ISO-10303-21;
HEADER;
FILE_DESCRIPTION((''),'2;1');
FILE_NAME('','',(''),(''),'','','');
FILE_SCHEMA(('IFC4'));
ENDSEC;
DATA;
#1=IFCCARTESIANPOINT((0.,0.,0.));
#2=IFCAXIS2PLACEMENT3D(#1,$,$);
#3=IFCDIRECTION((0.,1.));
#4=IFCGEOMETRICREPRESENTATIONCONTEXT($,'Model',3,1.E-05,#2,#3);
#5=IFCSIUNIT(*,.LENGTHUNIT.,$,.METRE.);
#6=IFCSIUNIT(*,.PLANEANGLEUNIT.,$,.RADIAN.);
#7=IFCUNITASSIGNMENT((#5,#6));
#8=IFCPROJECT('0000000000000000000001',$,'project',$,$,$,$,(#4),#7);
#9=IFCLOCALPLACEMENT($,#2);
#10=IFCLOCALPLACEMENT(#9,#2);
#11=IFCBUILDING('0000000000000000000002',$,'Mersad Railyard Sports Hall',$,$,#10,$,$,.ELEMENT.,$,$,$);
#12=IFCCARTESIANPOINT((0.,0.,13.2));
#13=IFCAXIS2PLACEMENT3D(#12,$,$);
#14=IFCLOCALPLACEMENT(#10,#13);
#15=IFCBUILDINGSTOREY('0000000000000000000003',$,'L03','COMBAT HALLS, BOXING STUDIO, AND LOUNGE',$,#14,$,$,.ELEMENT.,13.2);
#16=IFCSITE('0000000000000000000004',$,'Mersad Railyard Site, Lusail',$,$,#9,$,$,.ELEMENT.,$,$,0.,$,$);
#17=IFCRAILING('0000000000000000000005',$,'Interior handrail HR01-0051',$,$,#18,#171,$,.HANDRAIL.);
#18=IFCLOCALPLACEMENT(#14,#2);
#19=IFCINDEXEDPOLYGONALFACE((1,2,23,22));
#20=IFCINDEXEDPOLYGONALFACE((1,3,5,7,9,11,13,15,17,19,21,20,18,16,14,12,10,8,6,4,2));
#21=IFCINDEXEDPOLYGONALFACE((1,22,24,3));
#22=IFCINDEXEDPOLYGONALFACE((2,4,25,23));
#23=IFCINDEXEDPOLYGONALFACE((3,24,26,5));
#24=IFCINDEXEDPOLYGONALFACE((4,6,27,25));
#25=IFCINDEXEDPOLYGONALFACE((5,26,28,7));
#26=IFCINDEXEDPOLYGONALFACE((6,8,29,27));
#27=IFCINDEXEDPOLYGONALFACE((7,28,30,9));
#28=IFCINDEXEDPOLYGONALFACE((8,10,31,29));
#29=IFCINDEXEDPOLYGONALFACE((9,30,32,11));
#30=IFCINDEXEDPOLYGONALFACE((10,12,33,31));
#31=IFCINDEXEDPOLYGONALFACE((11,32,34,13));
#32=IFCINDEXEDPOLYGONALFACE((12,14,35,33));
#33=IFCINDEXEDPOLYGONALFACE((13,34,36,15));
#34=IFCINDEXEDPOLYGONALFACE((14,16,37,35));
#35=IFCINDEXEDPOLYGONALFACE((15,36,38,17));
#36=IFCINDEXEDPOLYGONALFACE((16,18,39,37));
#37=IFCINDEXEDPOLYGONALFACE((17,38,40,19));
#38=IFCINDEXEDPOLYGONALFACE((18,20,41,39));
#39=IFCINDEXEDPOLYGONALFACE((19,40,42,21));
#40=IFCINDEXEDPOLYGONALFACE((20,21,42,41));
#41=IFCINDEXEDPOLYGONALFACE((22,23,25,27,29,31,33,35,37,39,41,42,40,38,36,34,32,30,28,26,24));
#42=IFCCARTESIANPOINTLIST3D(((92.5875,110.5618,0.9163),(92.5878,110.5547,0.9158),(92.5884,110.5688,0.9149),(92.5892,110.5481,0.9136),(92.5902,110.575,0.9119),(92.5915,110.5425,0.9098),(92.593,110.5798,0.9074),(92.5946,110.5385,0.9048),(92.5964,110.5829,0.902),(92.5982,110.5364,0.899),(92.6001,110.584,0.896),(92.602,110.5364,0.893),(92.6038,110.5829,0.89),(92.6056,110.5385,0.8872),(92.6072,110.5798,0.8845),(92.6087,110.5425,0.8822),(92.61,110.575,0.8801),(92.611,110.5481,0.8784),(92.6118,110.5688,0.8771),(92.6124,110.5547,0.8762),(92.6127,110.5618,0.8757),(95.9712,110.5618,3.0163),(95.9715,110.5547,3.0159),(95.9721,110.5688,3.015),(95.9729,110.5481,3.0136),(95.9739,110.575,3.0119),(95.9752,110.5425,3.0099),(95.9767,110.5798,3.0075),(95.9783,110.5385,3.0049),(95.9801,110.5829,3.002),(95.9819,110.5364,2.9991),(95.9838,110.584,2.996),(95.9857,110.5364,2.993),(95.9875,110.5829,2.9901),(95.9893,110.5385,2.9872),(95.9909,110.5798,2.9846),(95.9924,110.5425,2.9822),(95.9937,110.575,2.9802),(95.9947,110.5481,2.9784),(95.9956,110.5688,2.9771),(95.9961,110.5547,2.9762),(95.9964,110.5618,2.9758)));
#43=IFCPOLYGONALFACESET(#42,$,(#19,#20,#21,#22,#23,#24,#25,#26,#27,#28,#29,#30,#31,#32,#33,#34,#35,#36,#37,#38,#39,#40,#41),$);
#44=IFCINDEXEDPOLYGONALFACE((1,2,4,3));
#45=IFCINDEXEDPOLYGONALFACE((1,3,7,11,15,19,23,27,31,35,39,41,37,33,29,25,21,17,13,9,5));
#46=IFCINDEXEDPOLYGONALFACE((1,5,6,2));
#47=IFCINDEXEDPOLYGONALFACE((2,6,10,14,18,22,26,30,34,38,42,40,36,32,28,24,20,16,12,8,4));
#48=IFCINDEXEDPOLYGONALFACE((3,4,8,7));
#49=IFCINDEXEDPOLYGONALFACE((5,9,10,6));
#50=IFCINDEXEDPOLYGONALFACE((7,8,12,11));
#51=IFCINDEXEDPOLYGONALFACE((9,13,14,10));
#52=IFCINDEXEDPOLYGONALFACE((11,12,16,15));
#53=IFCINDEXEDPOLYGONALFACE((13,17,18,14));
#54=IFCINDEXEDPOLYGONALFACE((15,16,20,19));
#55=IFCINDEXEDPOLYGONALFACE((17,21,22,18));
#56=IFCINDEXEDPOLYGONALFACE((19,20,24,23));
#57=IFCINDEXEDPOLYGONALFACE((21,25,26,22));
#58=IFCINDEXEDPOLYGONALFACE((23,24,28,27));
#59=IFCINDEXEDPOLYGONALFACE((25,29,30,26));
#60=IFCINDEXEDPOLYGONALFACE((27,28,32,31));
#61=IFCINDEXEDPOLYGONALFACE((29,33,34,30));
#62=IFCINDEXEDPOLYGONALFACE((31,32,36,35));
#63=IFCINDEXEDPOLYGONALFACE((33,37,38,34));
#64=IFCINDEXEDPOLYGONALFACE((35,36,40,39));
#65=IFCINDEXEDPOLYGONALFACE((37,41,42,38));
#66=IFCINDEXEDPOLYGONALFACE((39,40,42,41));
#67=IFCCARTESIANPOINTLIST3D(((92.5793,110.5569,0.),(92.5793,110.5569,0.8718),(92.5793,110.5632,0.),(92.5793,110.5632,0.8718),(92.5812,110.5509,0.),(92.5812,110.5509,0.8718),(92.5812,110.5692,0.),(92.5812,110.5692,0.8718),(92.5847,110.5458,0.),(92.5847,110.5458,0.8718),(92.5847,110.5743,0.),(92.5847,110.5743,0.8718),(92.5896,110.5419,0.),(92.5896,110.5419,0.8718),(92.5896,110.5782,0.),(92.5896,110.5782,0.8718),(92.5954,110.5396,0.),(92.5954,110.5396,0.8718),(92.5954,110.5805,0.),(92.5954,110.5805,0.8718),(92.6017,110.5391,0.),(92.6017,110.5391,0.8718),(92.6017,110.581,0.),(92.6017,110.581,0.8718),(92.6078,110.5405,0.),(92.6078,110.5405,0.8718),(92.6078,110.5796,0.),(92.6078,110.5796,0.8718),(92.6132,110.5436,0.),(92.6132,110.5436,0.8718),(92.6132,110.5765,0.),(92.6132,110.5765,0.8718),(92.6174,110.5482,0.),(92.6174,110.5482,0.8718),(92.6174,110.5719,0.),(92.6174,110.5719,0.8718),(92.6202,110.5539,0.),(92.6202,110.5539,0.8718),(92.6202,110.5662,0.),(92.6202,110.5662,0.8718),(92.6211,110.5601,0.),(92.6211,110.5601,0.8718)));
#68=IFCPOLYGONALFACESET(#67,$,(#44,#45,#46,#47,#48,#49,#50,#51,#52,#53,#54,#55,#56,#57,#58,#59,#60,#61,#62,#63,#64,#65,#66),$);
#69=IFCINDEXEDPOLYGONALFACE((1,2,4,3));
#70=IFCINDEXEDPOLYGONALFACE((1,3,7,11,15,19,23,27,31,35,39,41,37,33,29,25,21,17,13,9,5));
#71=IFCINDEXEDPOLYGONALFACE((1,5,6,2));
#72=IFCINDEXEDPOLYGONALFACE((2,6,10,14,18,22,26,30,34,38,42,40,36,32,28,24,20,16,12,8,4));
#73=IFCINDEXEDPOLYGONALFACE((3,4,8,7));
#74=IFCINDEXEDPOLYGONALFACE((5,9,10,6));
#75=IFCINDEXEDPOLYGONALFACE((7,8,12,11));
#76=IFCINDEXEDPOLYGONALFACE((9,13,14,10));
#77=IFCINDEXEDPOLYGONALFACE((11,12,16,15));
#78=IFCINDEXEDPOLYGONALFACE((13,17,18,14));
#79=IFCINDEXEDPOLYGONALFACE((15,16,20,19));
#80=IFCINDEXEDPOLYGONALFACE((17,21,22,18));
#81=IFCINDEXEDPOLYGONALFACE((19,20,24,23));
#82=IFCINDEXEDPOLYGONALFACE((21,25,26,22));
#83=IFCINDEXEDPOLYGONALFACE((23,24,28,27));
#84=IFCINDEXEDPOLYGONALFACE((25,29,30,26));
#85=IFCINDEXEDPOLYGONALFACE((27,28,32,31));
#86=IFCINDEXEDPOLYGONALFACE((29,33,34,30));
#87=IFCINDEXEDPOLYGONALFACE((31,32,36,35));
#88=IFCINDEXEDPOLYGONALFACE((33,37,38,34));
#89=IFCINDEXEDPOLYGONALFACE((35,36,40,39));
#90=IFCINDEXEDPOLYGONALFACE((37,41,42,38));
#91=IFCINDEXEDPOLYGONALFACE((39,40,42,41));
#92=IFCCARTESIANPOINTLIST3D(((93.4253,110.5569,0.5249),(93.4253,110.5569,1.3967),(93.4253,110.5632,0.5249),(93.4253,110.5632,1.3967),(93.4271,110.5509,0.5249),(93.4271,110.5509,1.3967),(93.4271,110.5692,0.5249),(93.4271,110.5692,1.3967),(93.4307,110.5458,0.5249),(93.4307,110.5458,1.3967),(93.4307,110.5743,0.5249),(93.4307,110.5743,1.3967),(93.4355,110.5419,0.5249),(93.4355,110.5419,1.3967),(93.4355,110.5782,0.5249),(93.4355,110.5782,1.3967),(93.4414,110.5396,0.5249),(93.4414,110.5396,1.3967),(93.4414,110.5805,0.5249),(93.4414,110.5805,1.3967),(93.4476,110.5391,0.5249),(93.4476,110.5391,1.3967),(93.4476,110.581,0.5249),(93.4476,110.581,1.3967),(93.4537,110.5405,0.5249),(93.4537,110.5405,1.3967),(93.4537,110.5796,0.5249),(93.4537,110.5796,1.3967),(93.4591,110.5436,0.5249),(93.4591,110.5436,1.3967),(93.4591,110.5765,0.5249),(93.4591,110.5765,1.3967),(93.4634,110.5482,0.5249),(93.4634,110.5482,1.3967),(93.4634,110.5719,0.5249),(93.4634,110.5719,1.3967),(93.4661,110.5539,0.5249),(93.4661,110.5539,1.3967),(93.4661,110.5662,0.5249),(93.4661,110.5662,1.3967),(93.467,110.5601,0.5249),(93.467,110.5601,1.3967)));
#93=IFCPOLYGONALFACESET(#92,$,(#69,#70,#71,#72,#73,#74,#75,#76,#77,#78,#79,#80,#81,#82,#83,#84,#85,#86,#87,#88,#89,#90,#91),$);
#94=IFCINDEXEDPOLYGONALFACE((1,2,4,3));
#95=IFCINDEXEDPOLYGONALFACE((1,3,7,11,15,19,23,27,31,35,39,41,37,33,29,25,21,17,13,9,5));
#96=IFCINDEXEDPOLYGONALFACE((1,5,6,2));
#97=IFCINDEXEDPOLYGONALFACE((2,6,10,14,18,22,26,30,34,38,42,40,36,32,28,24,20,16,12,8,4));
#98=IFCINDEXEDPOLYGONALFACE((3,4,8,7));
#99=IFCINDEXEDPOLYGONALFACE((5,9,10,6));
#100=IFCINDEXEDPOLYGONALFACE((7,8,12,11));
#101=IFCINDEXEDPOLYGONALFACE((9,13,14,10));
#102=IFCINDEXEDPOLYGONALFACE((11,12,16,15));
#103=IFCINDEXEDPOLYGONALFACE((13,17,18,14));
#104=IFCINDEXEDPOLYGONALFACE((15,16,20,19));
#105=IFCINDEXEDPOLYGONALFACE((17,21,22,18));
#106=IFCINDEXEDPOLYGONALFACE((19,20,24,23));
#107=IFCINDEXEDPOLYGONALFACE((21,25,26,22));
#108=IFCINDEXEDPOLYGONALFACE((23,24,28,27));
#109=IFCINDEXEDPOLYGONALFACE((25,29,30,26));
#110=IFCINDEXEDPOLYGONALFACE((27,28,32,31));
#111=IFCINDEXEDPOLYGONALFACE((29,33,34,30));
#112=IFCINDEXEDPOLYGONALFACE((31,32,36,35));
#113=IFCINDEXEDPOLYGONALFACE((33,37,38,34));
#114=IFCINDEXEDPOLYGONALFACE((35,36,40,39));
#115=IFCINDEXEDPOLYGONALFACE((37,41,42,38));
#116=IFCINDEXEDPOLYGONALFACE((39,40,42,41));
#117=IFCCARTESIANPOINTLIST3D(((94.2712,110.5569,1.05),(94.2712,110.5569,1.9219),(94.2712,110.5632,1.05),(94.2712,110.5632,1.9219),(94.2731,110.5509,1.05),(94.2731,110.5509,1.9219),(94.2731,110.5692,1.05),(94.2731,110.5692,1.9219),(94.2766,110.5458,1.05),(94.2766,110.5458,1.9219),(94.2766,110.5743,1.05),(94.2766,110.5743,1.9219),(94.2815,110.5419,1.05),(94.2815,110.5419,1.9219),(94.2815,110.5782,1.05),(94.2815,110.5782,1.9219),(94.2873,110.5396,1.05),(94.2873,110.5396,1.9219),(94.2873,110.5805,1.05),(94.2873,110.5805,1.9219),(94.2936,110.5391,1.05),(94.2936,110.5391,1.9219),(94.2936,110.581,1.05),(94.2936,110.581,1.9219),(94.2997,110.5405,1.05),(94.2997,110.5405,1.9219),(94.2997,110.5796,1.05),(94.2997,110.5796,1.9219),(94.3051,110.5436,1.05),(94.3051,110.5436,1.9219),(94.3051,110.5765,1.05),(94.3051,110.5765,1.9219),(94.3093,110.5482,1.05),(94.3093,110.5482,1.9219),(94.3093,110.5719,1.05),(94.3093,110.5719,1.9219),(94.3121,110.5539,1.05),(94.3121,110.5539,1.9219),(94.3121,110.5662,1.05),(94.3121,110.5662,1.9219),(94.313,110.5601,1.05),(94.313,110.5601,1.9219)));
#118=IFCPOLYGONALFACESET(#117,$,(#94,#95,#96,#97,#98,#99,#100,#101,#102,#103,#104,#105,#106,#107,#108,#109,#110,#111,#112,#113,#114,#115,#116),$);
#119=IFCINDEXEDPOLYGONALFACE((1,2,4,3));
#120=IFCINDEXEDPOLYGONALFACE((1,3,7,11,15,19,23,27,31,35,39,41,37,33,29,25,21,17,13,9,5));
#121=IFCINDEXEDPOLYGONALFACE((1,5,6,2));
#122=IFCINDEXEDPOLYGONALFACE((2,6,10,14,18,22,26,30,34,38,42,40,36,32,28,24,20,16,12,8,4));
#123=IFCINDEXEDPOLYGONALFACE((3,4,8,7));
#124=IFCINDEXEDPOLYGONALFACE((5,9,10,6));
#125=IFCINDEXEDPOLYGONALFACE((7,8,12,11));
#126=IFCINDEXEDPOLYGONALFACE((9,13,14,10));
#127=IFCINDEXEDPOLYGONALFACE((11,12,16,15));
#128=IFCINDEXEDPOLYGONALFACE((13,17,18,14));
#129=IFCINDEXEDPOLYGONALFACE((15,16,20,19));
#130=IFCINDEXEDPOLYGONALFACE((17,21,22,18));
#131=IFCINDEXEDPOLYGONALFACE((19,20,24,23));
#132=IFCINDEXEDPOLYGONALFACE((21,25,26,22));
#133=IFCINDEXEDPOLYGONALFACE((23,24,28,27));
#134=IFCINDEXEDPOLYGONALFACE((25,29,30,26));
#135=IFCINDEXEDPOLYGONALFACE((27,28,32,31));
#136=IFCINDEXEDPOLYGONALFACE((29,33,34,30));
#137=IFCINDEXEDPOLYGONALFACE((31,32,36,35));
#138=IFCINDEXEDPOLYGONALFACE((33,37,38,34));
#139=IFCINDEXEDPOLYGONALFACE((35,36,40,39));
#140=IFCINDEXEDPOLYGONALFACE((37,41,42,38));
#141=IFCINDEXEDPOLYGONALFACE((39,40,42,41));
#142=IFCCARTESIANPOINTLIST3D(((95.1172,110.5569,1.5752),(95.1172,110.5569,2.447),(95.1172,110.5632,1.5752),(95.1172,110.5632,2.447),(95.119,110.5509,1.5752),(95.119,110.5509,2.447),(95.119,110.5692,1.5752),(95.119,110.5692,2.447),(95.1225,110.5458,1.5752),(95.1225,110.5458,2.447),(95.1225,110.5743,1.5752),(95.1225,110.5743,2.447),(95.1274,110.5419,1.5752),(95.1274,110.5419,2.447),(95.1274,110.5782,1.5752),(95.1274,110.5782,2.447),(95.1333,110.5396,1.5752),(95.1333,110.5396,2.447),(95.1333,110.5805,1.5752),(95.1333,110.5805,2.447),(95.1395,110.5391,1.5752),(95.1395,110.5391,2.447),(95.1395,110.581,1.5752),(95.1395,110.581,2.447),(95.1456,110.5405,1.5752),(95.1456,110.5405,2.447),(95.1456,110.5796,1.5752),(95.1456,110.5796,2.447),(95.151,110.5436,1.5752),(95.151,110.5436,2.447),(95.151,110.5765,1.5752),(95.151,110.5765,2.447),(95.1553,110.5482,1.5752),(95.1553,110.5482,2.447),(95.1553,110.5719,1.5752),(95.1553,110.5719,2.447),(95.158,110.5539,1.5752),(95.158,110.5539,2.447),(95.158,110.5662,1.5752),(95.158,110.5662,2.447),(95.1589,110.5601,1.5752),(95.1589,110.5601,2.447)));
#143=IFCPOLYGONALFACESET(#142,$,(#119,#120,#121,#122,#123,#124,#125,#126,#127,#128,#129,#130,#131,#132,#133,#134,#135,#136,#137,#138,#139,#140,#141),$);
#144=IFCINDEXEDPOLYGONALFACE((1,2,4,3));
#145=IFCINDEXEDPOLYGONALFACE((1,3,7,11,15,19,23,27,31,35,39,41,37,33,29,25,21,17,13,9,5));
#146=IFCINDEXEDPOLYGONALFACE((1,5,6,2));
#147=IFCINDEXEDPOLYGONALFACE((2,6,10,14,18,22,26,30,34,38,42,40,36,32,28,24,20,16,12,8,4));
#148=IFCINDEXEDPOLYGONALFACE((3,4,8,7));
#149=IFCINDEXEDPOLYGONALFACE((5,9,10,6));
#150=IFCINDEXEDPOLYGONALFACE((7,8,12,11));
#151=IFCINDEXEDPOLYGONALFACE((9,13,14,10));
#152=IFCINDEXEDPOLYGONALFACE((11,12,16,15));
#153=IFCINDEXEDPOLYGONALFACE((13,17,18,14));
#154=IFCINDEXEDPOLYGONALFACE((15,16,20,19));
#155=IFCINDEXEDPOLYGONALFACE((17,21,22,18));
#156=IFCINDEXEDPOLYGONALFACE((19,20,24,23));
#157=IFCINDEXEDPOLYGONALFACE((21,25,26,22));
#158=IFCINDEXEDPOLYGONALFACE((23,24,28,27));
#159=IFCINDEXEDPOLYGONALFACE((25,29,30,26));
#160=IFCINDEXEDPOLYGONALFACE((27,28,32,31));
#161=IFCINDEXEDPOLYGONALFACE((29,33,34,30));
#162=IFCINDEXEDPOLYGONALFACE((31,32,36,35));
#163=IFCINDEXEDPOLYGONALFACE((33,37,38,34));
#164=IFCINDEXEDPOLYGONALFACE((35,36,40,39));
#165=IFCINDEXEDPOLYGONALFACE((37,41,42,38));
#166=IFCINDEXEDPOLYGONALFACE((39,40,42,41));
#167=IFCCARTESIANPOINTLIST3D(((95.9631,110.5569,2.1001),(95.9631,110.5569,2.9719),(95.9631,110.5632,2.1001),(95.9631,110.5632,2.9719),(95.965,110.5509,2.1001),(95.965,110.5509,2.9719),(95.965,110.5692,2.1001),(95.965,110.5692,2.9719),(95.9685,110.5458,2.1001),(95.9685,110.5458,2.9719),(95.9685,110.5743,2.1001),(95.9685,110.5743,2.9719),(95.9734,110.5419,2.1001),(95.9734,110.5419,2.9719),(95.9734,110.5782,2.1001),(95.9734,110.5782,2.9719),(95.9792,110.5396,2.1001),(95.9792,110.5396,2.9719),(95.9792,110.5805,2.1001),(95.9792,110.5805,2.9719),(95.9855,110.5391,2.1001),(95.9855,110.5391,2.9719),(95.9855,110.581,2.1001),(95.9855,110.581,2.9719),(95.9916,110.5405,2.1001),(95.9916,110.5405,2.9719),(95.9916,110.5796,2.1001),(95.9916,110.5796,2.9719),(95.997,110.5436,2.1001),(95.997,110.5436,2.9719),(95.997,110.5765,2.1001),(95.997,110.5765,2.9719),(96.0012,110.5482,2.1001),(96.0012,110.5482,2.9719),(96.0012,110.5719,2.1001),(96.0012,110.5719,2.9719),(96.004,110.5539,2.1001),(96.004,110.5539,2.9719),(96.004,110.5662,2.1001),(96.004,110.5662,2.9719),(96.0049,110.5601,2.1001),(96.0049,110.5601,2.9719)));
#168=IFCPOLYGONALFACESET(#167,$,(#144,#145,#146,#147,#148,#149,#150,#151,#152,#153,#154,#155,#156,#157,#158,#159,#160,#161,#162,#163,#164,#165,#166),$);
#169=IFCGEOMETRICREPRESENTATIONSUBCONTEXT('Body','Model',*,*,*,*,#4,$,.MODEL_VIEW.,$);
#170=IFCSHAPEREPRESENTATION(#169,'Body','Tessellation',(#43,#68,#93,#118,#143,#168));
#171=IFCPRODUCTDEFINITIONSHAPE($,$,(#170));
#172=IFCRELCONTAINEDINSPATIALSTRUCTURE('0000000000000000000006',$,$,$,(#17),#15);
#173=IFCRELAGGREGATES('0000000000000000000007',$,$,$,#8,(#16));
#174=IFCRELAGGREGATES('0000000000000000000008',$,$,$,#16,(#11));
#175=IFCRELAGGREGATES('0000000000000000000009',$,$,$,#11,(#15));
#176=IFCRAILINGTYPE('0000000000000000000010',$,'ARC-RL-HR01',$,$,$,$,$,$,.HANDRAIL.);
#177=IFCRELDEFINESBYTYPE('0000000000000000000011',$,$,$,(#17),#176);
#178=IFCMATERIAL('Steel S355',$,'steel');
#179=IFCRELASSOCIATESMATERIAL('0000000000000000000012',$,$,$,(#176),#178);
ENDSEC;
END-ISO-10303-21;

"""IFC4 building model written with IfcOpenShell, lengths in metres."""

from ifc_helpers import new_model, si_unit, direction, frame, origin, origin_2d, place, context, subcontext, project, spatial, circle, extrude, material, type_object, element, save


model = new_model("IFC4")

# Units and contexts
model_context = context("Model", 3, precision=1e-05, world=origin(), true_north=direction((0.0, 1.0)))
body_context = subcontext(model_context, "Body", "Model", "MODEL_VIEW")
ifc_project = project(units=[si_unit("LENGTHUNIT", "METRE"), si_unit("PLANEANGLEUNIT", "RADIAN")], contexts=[model_context])

# Site, building, storey
site_placement = place(None, origin())
site = spatial("IfcSite", under=ifc_project, at=site_placement, Name="Mersad Railyard Site, Lusail", CompositionType="ELEMENT", RefElevation=0.0)
building_placement = place(site_placement, origin())
building = spatial("IfcBuilding", under=site, at=building_placement, Name="Mersad Railyard Sports Hall", CompositionType="ELEMENT")
storey_placement = place(building_placement, frame((0.0, 0.0, 13.2)))
storey = spatial("IfcBuildingStorey", under=building, at=storey_placement, Name="L03", Description="COMBAT HALLS, BOXING STUDIO, AND LOUNGE", CompositionType="ELEMENT", Elevation=13.2)

# Shared definitions
ifc_material_1 = material(Name="Steel S355", Category="steel")

# Railing
railing_type_1 = type_object("IfcRailingType", Name="ARC-RL-HR01", PredefinedType="HANDRAIL", material=ifc_material_1)
railing_1_placement = place(storey_placement, frame((92.6001, 110.5601, 0.0)))
element("IfcRailing", 1, at=railing_1_placement, inside=storey, type_object=railing_type_1, Name="Interior handrail HR01-0051", PredefinedType="HANDRAIL", context=body_context, shape_type="SweptSolid", body=[
    extrude(circle(Radius=0.0239, at=origin_2d()), frame((0.0, 0.0, 0.896), z_axis=(0.849661, 0.0, 0.527329), x_axis=(0.0, 1.0, 0.0)), (0.0, 0.0, 1.0), 3.9824),
    extrude(circle(Radius=0.021, at=origin_2d()), origin(), (0.0, 0.0, 1.0), 0.8718),
    extrude(circle(Radius=0.021, at=origin_2d()), frame((0.8459, 0.0, 0.5249)), (0.0, 0.0, 1.0), 0.8718),
    extrude(circle(Radius=0.021, at=origin_2d()), frame((1.6919, 0.0, 1.05)), (0.0, 0.0, 1.0), 0.8718),
    extrude(circle(Radius=0.021, at=origin_2d()), frame((2.5378, 0.0, 1.5752)), (0.0, 0.0, 1.0), 0.8718),
    extrude(circle(Radius=0.021, at=origin_2d()), frame((3.3838, 0.0, 2.1001)), (0.0, 0.0, 1.0), 0.8718),
])

save(model, "model.ifc")
